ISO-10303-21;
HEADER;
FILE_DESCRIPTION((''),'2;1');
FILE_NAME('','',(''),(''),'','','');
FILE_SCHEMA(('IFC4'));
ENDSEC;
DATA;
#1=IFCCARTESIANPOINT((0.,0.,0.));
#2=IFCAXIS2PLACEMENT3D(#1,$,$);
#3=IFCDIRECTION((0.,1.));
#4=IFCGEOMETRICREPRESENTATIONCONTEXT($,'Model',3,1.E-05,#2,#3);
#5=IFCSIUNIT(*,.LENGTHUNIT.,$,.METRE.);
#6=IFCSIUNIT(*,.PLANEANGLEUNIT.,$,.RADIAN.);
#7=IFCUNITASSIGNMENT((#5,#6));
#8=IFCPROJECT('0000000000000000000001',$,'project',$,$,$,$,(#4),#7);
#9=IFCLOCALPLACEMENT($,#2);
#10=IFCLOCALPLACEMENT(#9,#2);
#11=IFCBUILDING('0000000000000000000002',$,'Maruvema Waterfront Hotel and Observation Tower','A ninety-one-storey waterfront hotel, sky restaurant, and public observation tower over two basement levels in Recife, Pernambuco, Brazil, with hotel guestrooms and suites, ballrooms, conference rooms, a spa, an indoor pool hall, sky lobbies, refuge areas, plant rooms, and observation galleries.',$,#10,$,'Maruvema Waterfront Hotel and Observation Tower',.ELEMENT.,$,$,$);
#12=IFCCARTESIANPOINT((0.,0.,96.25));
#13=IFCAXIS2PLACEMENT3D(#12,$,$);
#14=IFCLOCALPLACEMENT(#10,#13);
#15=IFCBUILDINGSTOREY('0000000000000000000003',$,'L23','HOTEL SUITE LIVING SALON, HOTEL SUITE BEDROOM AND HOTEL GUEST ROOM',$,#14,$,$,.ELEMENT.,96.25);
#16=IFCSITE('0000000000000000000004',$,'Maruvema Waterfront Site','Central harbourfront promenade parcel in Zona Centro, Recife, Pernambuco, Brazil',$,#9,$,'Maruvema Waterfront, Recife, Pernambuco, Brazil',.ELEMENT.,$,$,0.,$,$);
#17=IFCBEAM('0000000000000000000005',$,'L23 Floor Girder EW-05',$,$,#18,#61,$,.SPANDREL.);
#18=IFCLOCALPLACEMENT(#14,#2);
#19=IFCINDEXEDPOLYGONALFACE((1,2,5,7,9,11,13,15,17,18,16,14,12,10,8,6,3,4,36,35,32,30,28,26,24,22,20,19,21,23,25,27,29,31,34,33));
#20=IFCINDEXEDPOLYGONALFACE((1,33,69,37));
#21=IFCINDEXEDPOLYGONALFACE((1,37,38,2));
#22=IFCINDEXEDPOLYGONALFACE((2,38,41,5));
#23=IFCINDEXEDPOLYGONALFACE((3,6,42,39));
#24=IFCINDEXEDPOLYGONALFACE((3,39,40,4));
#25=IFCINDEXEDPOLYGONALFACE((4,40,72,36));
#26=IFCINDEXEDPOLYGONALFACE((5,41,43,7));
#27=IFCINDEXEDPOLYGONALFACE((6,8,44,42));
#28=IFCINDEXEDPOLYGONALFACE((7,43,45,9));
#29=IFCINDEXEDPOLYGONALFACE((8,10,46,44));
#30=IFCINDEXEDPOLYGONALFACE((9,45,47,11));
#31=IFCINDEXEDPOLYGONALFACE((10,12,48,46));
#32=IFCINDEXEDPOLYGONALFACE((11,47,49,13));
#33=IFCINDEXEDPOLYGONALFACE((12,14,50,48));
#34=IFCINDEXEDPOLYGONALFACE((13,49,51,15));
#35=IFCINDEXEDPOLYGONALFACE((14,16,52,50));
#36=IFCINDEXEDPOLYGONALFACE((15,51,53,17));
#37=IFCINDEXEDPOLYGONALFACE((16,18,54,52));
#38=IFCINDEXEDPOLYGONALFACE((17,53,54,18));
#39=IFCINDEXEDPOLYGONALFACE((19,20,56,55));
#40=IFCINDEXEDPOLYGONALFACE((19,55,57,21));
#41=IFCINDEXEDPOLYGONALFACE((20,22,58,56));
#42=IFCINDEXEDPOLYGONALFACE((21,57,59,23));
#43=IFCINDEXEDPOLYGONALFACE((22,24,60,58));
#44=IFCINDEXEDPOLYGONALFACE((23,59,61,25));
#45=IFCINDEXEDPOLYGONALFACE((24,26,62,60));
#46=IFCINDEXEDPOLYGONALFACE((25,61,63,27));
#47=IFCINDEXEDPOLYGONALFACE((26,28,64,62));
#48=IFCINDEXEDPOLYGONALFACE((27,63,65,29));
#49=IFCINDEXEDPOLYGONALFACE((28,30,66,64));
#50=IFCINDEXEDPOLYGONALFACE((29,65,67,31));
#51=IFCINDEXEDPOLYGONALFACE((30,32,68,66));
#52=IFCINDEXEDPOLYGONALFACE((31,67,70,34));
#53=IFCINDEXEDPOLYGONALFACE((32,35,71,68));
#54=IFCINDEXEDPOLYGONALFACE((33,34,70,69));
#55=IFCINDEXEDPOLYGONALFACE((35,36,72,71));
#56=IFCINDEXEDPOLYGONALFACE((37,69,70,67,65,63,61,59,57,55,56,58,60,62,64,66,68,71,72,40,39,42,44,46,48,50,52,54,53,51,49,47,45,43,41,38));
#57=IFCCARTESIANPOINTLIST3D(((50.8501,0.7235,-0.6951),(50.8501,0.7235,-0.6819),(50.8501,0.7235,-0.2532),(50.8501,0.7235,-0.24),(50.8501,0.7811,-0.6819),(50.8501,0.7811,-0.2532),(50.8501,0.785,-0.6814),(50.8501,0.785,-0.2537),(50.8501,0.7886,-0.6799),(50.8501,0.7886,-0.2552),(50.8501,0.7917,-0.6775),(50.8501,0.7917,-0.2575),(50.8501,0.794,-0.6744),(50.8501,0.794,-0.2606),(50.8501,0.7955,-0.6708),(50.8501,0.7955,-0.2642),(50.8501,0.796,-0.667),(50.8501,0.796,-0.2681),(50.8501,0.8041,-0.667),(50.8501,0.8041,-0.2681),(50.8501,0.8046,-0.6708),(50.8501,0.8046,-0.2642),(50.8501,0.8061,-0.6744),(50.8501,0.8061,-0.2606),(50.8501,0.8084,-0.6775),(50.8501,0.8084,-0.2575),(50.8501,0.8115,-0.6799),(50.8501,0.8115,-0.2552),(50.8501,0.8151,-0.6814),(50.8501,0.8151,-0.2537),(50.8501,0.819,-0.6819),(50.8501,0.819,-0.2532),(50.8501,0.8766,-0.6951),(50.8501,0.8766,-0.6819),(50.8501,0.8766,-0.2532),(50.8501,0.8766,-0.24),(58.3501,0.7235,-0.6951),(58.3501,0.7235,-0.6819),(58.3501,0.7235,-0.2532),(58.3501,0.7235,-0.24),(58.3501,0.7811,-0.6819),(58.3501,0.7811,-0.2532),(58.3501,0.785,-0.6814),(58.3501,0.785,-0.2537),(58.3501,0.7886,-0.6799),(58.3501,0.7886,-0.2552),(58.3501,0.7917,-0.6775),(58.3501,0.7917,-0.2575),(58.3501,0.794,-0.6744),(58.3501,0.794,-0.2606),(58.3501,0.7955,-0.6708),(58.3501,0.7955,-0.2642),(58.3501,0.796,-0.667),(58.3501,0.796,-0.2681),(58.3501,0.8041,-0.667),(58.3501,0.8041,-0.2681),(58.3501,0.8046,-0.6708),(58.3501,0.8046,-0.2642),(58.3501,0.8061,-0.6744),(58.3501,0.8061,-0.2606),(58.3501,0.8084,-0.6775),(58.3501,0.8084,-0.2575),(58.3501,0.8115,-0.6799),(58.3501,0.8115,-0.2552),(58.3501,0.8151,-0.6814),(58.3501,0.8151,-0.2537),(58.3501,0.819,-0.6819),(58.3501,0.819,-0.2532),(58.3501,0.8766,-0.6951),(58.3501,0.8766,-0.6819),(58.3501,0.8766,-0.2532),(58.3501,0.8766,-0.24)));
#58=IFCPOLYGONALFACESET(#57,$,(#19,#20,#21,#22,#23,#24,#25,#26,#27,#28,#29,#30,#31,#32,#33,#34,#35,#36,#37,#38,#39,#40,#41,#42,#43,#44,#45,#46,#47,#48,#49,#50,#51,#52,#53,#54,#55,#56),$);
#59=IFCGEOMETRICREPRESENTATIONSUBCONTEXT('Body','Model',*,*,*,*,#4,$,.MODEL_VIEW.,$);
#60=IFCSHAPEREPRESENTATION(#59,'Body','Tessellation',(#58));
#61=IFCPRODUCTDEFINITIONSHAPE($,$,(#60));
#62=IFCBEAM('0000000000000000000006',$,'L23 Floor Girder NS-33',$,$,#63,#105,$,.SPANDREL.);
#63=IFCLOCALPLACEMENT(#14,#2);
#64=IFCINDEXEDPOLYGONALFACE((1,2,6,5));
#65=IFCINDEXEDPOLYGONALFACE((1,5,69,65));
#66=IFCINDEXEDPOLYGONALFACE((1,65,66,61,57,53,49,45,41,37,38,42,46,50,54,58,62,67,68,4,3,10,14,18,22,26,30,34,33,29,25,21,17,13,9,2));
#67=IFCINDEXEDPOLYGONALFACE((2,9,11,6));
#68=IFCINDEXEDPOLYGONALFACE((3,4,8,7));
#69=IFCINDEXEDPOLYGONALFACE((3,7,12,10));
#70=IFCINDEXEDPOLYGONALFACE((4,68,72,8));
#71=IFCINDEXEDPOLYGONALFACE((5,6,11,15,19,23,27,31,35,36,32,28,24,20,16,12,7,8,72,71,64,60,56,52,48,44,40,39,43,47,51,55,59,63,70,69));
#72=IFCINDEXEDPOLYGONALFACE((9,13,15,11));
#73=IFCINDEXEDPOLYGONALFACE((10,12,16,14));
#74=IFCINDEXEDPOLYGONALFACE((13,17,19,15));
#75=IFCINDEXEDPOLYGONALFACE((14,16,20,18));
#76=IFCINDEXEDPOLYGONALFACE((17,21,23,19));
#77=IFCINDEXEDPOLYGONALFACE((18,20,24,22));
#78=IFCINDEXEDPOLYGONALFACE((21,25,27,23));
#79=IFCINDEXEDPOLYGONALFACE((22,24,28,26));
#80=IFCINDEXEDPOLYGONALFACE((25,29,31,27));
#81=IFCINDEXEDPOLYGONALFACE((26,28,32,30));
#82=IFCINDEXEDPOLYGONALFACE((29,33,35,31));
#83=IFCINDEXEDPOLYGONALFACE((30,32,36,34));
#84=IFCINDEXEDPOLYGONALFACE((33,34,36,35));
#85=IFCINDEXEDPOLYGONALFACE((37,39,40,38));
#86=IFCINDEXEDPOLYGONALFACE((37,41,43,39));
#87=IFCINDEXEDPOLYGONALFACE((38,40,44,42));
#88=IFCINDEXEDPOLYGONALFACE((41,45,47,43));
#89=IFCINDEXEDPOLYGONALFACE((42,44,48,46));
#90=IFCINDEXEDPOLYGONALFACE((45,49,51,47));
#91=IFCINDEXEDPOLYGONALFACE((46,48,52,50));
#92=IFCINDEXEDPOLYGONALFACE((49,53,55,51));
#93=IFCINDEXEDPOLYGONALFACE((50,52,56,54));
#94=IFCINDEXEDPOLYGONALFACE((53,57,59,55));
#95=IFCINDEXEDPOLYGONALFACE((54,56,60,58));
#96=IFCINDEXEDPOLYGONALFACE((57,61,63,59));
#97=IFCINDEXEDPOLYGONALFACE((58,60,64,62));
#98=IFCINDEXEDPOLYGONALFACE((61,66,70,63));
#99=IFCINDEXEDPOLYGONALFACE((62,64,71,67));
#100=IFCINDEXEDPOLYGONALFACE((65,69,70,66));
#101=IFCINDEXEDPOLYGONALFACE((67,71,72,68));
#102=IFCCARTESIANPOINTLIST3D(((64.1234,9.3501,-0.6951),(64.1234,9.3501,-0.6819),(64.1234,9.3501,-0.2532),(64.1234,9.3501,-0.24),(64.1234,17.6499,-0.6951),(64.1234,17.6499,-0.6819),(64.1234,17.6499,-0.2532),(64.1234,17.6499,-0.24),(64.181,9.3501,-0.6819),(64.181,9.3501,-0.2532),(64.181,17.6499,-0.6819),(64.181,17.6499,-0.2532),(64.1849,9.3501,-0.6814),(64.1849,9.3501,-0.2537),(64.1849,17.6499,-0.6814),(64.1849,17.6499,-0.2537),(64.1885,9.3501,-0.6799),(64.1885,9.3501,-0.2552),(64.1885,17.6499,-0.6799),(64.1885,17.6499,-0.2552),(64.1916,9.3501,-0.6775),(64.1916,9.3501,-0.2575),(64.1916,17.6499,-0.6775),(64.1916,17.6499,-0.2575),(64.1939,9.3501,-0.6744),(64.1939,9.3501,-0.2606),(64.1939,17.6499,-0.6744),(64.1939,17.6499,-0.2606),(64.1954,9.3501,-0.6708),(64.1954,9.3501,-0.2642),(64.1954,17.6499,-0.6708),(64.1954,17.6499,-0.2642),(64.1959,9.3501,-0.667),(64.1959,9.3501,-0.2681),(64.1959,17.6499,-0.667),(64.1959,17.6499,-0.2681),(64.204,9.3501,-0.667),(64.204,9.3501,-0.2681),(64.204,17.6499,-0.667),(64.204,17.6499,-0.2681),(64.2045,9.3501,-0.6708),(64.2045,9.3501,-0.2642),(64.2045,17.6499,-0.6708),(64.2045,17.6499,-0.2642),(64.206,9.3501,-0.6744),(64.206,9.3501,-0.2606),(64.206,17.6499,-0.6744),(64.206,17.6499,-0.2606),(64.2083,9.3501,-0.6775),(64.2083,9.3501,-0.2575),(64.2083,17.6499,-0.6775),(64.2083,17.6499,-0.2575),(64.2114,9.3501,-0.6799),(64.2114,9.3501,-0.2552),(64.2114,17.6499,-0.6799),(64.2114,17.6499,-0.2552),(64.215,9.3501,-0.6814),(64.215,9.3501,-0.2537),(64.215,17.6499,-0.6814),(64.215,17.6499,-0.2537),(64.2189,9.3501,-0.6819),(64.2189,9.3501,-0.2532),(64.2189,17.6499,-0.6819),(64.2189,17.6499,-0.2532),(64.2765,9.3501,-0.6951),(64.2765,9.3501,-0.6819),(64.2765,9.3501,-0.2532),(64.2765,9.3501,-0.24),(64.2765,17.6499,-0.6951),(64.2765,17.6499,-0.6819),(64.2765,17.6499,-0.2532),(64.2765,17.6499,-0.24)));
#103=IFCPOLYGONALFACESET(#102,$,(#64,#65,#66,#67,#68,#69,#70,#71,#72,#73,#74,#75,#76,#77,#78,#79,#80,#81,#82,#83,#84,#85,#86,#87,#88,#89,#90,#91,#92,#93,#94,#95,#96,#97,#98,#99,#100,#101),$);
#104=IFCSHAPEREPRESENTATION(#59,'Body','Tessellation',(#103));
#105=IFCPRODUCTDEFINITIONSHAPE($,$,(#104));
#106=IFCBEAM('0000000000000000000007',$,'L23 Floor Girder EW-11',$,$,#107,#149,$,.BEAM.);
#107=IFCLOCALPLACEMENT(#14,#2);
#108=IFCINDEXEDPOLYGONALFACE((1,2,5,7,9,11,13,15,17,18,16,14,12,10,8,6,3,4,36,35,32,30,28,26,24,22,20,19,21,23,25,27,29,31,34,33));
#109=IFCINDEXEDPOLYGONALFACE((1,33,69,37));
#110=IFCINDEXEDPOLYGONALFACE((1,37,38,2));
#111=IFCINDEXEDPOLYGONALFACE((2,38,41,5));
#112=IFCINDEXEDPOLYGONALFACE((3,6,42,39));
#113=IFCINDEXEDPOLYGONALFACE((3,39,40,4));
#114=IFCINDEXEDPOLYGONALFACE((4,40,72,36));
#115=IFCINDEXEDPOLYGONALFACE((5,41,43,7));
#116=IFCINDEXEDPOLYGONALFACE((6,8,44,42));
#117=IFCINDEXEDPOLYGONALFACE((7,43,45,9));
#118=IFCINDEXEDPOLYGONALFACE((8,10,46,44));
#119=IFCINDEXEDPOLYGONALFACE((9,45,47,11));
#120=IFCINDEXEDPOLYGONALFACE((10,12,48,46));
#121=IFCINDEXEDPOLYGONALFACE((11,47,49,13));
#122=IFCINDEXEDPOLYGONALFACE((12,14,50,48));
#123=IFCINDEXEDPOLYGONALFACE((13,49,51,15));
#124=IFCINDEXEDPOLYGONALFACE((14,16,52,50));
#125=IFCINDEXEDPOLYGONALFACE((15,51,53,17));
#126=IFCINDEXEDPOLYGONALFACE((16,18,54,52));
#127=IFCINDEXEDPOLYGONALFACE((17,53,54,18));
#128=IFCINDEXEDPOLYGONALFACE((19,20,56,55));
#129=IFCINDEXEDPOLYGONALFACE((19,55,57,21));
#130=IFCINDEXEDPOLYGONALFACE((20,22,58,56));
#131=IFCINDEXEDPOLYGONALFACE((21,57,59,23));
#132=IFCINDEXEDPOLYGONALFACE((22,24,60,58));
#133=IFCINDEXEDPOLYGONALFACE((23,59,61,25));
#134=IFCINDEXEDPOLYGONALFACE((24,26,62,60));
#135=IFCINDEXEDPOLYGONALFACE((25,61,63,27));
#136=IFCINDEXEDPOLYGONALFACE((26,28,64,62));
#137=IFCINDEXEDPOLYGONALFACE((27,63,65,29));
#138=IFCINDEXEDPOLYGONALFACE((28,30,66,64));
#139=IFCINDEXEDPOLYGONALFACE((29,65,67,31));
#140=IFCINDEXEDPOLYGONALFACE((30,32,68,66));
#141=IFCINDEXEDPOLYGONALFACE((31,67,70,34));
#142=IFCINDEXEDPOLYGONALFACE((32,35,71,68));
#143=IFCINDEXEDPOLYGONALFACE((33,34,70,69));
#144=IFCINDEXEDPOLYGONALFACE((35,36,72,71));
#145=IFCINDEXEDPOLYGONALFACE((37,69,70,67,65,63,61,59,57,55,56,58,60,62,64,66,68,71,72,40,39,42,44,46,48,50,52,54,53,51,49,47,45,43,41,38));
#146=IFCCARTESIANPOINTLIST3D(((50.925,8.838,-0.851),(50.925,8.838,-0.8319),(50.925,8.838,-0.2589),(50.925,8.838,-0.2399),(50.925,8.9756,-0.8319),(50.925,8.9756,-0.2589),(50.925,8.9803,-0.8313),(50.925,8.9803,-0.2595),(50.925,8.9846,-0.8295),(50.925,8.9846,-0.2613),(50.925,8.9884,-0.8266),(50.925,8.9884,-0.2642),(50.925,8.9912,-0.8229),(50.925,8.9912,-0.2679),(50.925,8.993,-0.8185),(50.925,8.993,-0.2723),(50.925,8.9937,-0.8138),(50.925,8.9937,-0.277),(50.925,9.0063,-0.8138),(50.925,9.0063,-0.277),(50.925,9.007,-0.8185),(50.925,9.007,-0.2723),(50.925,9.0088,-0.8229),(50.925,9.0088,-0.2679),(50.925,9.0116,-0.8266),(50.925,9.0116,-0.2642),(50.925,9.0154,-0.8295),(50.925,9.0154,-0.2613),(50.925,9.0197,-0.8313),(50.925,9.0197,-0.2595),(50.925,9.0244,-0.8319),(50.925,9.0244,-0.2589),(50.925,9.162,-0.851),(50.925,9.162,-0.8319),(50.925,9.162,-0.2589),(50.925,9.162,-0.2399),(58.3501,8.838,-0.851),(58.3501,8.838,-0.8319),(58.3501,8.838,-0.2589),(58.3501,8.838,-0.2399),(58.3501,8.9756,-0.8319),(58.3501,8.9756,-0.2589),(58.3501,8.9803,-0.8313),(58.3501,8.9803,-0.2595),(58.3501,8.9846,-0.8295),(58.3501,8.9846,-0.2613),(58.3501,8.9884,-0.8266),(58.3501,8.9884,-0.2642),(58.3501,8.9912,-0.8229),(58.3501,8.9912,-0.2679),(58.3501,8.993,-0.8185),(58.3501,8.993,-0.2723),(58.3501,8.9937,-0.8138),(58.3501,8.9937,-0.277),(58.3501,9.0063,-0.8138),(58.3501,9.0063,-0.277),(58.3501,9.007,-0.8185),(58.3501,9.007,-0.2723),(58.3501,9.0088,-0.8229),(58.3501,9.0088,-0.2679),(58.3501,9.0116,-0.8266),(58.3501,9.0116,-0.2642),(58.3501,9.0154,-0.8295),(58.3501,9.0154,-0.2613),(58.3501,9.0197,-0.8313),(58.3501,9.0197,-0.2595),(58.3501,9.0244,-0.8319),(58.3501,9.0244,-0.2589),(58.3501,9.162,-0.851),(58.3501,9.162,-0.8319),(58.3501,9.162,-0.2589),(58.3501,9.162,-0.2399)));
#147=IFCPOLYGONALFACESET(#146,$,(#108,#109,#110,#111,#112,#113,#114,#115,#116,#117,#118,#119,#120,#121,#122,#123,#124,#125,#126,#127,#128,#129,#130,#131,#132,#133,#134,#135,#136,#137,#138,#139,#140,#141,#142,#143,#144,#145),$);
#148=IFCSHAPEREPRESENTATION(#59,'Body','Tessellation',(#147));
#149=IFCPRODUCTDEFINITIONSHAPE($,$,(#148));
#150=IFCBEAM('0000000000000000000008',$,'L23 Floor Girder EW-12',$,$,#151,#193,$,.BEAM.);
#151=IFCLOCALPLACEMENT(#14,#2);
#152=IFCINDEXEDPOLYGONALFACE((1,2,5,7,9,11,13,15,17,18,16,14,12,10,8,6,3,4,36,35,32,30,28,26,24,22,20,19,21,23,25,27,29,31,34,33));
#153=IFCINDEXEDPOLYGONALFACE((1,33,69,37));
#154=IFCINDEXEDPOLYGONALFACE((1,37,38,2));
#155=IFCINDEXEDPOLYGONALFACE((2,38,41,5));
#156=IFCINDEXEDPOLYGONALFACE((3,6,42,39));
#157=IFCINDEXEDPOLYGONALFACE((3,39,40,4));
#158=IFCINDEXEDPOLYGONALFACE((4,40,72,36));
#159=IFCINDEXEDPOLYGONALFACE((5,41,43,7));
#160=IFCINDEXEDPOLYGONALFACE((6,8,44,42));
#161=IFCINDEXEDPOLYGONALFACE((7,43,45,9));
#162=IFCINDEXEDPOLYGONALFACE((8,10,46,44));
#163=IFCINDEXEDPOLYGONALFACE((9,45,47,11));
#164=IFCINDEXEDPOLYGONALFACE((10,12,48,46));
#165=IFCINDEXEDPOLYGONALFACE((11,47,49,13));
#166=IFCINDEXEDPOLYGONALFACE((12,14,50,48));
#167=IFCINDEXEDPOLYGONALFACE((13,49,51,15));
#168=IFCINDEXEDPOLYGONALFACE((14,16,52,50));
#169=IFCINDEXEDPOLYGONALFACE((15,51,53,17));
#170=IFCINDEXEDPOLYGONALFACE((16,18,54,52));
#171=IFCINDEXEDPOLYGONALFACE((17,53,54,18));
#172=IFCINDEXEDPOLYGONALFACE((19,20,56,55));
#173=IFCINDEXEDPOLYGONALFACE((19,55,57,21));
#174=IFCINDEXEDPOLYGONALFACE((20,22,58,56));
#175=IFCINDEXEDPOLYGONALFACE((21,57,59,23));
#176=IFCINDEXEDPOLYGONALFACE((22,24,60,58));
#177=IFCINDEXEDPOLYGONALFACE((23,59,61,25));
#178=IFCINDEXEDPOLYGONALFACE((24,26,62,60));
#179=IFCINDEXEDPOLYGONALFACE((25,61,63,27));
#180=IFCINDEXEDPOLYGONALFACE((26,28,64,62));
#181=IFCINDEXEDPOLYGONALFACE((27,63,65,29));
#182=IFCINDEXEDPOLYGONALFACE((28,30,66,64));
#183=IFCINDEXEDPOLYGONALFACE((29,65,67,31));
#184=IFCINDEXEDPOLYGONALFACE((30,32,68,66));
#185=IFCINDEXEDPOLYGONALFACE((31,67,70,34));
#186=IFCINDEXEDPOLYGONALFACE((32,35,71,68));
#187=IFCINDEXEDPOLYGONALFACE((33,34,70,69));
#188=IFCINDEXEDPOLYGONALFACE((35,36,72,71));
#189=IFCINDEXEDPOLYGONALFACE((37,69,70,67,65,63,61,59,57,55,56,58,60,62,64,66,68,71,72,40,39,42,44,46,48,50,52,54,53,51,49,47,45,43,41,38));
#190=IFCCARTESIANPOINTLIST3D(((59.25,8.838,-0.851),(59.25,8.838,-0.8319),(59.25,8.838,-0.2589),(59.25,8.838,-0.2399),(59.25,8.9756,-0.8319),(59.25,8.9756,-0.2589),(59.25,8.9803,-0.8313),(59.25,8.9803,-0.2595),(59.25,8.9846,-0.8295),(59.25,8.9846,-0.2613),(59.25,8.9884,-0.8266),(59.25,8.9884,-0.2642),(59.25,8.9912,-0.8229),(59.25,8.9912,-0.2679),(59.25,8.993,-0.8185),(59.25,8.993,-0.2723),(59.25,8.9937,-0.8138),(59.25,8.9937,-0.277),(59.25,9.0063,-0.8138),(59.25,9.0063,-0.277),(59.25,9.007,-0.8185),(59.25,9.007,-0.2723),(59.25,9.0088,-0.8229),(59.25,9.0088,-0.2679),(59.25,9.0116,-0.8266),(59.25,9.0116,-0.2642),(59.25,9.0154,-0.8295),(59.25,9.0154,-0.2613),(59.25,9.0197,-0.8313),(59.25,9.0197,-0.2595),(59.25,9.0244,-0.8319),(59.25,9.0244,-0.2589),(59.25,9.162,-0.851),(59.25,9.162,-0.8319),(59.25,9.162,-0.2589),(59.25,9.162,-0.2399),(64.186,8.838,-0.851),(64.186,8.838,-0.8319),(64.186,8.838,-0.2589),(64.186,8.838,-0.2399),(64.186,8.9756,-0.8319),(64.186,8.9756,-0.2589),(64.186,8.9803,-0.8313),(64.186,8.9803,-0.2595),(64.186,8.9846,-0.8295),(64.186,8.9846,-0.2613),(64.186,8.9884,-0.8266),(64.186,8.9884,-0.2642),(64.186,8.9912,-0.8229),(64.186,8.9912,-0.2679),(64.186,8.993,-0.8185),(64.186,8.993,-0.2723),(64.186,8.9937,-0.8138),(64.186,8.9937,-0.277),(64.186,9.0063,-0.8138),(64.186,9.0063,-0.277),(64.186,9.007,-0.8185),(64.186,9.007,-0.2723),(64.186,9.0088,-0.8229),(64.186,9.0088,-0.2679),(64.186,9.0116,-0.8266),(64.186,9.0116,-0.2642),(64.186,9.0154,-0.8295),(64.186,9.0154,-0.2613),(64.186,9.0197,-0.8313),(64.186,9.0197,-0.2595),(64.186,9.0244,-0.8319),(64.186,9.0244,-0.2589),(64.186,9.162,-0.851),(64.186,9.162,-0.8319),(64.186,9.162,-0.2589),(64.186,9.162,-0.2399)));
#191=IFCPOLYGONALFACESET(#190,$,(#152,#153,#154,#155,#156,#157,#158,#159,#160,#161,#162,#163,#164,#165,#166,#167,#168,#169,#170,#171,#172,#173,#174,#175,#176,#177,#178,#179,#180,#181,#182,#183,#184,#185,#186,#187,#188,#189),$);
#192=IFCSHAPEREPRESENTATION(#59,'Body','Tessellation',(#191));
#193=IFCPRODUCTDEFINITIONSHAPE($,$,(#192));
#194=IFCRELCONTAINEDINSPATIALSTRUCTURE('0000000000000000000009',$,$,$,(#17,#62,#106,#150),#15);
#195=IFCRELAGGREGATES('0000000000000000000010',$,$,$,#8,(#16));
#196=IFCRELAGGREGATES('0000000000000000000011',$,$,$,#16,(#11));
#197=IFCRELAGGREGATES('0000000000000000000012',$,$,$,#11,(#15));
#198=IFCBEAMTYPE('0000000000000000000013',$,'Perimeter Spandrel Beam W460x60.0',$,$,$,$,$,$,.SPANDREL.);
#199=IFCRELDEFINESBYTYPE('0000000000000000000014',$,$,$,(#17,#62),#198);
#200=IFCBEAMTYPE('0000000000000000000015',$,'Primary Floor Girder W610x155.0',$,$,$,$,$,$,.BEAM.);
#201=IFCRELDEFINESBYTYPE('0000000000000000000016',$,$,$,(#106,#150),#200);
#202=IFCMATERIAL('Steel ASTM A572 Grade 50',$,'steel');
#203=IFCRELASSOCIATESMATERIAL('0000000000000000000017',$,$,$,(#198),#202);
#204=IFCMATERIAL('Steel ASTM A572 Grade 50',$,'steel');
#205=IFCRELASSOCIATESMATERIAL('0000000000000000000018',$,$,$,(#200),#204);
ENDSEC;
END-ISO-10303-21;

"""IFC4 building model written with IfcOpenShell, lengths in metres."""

from ifc_helpers import new_model, si_unit, direction, frame, origin, origin_2d, place, context, subcontext, project, spatial, i_section, extrude, material, material_profile, profile_set, type_object, element, save


model = new_model("IFC4")

# Units and contexts
model_context = context("Model", 3, precision=1e-05, world=origin(), true_north=direction((0.0, 1.0)))
body_context = subcontext(model_context, "Body", "Model", "MODEL_VIEW")
ifc_project = project(units=[si_unit("LENGTHUNIT", "METRE"), si_unit("PLANEANGLEUNIT", "RADIAN")], contexts=[model_context])

# Site, building, storey
site_placement = place(None, origin())
site = spatial("IfcSite", under=ifc_project, at=site_placement, Name="Maruvema Waterfront Site", Description="Central harbourfront promenade parcel in Zona Centro, Recife, Pernambuco, Brazil", LongName="Maruvema Waterfront, Recife, Pernambuco, Brazil", CompositionType="ELEMENT", RefElevation=0.0)
building_placement = place(site_placement, origin())
building = spatial("IfcBuilding", under=site, at=building_placement, Name="Maruvema Waterfront Hotel and Observation Tower", Description="A ninety-one-storey waterfront hotel, sky restaurant, and public observation tower over two basement levels in Recife, Pernambuco, Brazil, with hotel guestrooms and suites, ballrooms, conference rooms, a spa, an indoor pool hall, sky lobbies, refuge areas, plant rooms, and observation galleries.", LongName="Maruvema Waterfront Hotel and Observation Tower", CompositionType="ELEMENT")
storey_placement = place(building_placement, frame((0.0, 0.0, 96.25)))
storey = spatial("IfcBuildingStorey", under=building, at=storey_placement, Name="L23", Description="HOTEL SUITE LIVING SALON, HOTEL SUITE BEDROOM AND HOTEL GUEST ROOM", CompositionType="ELEMENT", Elevation=96.25)

# Beams
ifc_material_1 = material(Name="Steel ASTM A572 Grade 50", Category="steel")
ifc_material_profile_1 = material_profile(ifc_material_1, i_section(OverallWidth=0.1531, OverallDepth=0.4551, WebThickness=0.0081, FlangeThickness=0.0132, FilletRadius=0.0149, at=origin_2d()), Name="W460x60.0")
ifc_profile_set_1 = profile_set([ifc_material_profile_1], Name="Steel ASTM A572 Grade 50")
beam_type_1 = type_object("IfcBeamType", Name="Perimeter Spandrel Beam W460x60.0", PredefinedType="SPANDREL", material=ifc_profile_set_1)
beam_1_placement = place(storey_placement, frame((50.8501, 0.8, -0.4675), z_axis=(1.0, 0.0, 0.0), x_axis=(0.0, 1.0, 0.0)))
element("IfcBeam", 1, at=beam_1_placement, inside=storey, type_object=beam_type_1, Name="L23 Floor Girder EW-05", PredefinedType="SPANDREL", context=body_context, shape_type="SweptSolid", body=[
    extrude(i_section(OverallWidth=0.1531, OverallDepth=0.4551, WebThickness=0.0081, FlangeThickness=0.0132, FilletRadius=0.0149, at=origin_2d()), origin(), (0.0, 0.0, 1.0), 7.5),
])
beam_2_placement = place(storey_placement, frame((64.2, 9.3501, -0.4675), z_axis=(0.0, 1.0, 0.0), x_axis=(-1.0, 0.0, 0.0)))
element("IfcBeam", 2, at=beam_2_placement, inside=storey, type_object=beam_type_1, Name="L23 Floor Girder NS-33", PredefinedType="SPANDREL", context=body_context, shape_type="SweptSolid", body=[
    extrude(i_section(OverallWidth=0.1531, OverallDepth=0.4551, WebThickness=0.0081, FlangeThickness=0.0132, FilletRadius=0.0149, at=origin_2d()), origin(), (0.0, 0.0, 1.0), 8.2998),
])
ifc_material_2 = material(Name="Steel ASTM A572 Grade 50", Category="steel")
ifc_material_profile_2 = material_profile(ifc_material_2, i_section(OverallWidth=0.324, OverallDepth=0.6111, WebThickness=0.0127, FlangeThickness=0.019, FilletRadius=0.0181, at=origin_2d()), Name="W610x155.0")
ifc_profile_set_2 = profile_set([ifc_material_profile_2], Name="Steel ASTM A572 Grade 50")
beam_type_2 = type_object("IfcBeamType", Name="Primary Floor Girder W610x155.0", PredefinedType="BEAM", material=ifc_profile_set_2)
beam_3_placement = place(storey_placement, frame((50.925, 9.0, -0.5454), z_axis=(1.0, 0.0, 0.0), x_axis=(0.0, 1.0, 0.0)))
element("IfcBeam", 3, at=beam_3_placement, inside=storey, type_object=beam_type_2, Name="L23 Floor Girder EW-11", PredefinedType="BEAM", context=body_context, shape_type="SweptSolid", body=[
    extrude(i_section(OverallWidth=0.324, OverallDepth=0.6111, WebThickness=0.0127, FlangeThickness=0.019, FilletRadius=0.0181, at=origin_2d()), origin(), (0.0, 0.0, 1.0), 7.425),
])
beam_4_placement = place(storey_placement, frame((59.25, 9.0, -0.5454), z_axis=(1.0, 0.0, 0.0), x_axis=(0.0, 1.0, 0.0)))
element("IfcBeam", 4, at=beam_4_placement, inside=storey, type_object=beam_type_2, Name="L23 Floor Girder EW-12", PredefinedType="BEAM", context=body_context, shape_type="SweptSolid", body=[
    extrude(i_section(OverallWidth=0.324, OverallDepth=0.6111, WebThickness=0.0127, FlangeThickness=0.019, FilletRadius=0.0181, at=origin_2d()), origin(), (0.0, 0.0, 1.0), 4.936),
])

save(model, "model.ifc")
